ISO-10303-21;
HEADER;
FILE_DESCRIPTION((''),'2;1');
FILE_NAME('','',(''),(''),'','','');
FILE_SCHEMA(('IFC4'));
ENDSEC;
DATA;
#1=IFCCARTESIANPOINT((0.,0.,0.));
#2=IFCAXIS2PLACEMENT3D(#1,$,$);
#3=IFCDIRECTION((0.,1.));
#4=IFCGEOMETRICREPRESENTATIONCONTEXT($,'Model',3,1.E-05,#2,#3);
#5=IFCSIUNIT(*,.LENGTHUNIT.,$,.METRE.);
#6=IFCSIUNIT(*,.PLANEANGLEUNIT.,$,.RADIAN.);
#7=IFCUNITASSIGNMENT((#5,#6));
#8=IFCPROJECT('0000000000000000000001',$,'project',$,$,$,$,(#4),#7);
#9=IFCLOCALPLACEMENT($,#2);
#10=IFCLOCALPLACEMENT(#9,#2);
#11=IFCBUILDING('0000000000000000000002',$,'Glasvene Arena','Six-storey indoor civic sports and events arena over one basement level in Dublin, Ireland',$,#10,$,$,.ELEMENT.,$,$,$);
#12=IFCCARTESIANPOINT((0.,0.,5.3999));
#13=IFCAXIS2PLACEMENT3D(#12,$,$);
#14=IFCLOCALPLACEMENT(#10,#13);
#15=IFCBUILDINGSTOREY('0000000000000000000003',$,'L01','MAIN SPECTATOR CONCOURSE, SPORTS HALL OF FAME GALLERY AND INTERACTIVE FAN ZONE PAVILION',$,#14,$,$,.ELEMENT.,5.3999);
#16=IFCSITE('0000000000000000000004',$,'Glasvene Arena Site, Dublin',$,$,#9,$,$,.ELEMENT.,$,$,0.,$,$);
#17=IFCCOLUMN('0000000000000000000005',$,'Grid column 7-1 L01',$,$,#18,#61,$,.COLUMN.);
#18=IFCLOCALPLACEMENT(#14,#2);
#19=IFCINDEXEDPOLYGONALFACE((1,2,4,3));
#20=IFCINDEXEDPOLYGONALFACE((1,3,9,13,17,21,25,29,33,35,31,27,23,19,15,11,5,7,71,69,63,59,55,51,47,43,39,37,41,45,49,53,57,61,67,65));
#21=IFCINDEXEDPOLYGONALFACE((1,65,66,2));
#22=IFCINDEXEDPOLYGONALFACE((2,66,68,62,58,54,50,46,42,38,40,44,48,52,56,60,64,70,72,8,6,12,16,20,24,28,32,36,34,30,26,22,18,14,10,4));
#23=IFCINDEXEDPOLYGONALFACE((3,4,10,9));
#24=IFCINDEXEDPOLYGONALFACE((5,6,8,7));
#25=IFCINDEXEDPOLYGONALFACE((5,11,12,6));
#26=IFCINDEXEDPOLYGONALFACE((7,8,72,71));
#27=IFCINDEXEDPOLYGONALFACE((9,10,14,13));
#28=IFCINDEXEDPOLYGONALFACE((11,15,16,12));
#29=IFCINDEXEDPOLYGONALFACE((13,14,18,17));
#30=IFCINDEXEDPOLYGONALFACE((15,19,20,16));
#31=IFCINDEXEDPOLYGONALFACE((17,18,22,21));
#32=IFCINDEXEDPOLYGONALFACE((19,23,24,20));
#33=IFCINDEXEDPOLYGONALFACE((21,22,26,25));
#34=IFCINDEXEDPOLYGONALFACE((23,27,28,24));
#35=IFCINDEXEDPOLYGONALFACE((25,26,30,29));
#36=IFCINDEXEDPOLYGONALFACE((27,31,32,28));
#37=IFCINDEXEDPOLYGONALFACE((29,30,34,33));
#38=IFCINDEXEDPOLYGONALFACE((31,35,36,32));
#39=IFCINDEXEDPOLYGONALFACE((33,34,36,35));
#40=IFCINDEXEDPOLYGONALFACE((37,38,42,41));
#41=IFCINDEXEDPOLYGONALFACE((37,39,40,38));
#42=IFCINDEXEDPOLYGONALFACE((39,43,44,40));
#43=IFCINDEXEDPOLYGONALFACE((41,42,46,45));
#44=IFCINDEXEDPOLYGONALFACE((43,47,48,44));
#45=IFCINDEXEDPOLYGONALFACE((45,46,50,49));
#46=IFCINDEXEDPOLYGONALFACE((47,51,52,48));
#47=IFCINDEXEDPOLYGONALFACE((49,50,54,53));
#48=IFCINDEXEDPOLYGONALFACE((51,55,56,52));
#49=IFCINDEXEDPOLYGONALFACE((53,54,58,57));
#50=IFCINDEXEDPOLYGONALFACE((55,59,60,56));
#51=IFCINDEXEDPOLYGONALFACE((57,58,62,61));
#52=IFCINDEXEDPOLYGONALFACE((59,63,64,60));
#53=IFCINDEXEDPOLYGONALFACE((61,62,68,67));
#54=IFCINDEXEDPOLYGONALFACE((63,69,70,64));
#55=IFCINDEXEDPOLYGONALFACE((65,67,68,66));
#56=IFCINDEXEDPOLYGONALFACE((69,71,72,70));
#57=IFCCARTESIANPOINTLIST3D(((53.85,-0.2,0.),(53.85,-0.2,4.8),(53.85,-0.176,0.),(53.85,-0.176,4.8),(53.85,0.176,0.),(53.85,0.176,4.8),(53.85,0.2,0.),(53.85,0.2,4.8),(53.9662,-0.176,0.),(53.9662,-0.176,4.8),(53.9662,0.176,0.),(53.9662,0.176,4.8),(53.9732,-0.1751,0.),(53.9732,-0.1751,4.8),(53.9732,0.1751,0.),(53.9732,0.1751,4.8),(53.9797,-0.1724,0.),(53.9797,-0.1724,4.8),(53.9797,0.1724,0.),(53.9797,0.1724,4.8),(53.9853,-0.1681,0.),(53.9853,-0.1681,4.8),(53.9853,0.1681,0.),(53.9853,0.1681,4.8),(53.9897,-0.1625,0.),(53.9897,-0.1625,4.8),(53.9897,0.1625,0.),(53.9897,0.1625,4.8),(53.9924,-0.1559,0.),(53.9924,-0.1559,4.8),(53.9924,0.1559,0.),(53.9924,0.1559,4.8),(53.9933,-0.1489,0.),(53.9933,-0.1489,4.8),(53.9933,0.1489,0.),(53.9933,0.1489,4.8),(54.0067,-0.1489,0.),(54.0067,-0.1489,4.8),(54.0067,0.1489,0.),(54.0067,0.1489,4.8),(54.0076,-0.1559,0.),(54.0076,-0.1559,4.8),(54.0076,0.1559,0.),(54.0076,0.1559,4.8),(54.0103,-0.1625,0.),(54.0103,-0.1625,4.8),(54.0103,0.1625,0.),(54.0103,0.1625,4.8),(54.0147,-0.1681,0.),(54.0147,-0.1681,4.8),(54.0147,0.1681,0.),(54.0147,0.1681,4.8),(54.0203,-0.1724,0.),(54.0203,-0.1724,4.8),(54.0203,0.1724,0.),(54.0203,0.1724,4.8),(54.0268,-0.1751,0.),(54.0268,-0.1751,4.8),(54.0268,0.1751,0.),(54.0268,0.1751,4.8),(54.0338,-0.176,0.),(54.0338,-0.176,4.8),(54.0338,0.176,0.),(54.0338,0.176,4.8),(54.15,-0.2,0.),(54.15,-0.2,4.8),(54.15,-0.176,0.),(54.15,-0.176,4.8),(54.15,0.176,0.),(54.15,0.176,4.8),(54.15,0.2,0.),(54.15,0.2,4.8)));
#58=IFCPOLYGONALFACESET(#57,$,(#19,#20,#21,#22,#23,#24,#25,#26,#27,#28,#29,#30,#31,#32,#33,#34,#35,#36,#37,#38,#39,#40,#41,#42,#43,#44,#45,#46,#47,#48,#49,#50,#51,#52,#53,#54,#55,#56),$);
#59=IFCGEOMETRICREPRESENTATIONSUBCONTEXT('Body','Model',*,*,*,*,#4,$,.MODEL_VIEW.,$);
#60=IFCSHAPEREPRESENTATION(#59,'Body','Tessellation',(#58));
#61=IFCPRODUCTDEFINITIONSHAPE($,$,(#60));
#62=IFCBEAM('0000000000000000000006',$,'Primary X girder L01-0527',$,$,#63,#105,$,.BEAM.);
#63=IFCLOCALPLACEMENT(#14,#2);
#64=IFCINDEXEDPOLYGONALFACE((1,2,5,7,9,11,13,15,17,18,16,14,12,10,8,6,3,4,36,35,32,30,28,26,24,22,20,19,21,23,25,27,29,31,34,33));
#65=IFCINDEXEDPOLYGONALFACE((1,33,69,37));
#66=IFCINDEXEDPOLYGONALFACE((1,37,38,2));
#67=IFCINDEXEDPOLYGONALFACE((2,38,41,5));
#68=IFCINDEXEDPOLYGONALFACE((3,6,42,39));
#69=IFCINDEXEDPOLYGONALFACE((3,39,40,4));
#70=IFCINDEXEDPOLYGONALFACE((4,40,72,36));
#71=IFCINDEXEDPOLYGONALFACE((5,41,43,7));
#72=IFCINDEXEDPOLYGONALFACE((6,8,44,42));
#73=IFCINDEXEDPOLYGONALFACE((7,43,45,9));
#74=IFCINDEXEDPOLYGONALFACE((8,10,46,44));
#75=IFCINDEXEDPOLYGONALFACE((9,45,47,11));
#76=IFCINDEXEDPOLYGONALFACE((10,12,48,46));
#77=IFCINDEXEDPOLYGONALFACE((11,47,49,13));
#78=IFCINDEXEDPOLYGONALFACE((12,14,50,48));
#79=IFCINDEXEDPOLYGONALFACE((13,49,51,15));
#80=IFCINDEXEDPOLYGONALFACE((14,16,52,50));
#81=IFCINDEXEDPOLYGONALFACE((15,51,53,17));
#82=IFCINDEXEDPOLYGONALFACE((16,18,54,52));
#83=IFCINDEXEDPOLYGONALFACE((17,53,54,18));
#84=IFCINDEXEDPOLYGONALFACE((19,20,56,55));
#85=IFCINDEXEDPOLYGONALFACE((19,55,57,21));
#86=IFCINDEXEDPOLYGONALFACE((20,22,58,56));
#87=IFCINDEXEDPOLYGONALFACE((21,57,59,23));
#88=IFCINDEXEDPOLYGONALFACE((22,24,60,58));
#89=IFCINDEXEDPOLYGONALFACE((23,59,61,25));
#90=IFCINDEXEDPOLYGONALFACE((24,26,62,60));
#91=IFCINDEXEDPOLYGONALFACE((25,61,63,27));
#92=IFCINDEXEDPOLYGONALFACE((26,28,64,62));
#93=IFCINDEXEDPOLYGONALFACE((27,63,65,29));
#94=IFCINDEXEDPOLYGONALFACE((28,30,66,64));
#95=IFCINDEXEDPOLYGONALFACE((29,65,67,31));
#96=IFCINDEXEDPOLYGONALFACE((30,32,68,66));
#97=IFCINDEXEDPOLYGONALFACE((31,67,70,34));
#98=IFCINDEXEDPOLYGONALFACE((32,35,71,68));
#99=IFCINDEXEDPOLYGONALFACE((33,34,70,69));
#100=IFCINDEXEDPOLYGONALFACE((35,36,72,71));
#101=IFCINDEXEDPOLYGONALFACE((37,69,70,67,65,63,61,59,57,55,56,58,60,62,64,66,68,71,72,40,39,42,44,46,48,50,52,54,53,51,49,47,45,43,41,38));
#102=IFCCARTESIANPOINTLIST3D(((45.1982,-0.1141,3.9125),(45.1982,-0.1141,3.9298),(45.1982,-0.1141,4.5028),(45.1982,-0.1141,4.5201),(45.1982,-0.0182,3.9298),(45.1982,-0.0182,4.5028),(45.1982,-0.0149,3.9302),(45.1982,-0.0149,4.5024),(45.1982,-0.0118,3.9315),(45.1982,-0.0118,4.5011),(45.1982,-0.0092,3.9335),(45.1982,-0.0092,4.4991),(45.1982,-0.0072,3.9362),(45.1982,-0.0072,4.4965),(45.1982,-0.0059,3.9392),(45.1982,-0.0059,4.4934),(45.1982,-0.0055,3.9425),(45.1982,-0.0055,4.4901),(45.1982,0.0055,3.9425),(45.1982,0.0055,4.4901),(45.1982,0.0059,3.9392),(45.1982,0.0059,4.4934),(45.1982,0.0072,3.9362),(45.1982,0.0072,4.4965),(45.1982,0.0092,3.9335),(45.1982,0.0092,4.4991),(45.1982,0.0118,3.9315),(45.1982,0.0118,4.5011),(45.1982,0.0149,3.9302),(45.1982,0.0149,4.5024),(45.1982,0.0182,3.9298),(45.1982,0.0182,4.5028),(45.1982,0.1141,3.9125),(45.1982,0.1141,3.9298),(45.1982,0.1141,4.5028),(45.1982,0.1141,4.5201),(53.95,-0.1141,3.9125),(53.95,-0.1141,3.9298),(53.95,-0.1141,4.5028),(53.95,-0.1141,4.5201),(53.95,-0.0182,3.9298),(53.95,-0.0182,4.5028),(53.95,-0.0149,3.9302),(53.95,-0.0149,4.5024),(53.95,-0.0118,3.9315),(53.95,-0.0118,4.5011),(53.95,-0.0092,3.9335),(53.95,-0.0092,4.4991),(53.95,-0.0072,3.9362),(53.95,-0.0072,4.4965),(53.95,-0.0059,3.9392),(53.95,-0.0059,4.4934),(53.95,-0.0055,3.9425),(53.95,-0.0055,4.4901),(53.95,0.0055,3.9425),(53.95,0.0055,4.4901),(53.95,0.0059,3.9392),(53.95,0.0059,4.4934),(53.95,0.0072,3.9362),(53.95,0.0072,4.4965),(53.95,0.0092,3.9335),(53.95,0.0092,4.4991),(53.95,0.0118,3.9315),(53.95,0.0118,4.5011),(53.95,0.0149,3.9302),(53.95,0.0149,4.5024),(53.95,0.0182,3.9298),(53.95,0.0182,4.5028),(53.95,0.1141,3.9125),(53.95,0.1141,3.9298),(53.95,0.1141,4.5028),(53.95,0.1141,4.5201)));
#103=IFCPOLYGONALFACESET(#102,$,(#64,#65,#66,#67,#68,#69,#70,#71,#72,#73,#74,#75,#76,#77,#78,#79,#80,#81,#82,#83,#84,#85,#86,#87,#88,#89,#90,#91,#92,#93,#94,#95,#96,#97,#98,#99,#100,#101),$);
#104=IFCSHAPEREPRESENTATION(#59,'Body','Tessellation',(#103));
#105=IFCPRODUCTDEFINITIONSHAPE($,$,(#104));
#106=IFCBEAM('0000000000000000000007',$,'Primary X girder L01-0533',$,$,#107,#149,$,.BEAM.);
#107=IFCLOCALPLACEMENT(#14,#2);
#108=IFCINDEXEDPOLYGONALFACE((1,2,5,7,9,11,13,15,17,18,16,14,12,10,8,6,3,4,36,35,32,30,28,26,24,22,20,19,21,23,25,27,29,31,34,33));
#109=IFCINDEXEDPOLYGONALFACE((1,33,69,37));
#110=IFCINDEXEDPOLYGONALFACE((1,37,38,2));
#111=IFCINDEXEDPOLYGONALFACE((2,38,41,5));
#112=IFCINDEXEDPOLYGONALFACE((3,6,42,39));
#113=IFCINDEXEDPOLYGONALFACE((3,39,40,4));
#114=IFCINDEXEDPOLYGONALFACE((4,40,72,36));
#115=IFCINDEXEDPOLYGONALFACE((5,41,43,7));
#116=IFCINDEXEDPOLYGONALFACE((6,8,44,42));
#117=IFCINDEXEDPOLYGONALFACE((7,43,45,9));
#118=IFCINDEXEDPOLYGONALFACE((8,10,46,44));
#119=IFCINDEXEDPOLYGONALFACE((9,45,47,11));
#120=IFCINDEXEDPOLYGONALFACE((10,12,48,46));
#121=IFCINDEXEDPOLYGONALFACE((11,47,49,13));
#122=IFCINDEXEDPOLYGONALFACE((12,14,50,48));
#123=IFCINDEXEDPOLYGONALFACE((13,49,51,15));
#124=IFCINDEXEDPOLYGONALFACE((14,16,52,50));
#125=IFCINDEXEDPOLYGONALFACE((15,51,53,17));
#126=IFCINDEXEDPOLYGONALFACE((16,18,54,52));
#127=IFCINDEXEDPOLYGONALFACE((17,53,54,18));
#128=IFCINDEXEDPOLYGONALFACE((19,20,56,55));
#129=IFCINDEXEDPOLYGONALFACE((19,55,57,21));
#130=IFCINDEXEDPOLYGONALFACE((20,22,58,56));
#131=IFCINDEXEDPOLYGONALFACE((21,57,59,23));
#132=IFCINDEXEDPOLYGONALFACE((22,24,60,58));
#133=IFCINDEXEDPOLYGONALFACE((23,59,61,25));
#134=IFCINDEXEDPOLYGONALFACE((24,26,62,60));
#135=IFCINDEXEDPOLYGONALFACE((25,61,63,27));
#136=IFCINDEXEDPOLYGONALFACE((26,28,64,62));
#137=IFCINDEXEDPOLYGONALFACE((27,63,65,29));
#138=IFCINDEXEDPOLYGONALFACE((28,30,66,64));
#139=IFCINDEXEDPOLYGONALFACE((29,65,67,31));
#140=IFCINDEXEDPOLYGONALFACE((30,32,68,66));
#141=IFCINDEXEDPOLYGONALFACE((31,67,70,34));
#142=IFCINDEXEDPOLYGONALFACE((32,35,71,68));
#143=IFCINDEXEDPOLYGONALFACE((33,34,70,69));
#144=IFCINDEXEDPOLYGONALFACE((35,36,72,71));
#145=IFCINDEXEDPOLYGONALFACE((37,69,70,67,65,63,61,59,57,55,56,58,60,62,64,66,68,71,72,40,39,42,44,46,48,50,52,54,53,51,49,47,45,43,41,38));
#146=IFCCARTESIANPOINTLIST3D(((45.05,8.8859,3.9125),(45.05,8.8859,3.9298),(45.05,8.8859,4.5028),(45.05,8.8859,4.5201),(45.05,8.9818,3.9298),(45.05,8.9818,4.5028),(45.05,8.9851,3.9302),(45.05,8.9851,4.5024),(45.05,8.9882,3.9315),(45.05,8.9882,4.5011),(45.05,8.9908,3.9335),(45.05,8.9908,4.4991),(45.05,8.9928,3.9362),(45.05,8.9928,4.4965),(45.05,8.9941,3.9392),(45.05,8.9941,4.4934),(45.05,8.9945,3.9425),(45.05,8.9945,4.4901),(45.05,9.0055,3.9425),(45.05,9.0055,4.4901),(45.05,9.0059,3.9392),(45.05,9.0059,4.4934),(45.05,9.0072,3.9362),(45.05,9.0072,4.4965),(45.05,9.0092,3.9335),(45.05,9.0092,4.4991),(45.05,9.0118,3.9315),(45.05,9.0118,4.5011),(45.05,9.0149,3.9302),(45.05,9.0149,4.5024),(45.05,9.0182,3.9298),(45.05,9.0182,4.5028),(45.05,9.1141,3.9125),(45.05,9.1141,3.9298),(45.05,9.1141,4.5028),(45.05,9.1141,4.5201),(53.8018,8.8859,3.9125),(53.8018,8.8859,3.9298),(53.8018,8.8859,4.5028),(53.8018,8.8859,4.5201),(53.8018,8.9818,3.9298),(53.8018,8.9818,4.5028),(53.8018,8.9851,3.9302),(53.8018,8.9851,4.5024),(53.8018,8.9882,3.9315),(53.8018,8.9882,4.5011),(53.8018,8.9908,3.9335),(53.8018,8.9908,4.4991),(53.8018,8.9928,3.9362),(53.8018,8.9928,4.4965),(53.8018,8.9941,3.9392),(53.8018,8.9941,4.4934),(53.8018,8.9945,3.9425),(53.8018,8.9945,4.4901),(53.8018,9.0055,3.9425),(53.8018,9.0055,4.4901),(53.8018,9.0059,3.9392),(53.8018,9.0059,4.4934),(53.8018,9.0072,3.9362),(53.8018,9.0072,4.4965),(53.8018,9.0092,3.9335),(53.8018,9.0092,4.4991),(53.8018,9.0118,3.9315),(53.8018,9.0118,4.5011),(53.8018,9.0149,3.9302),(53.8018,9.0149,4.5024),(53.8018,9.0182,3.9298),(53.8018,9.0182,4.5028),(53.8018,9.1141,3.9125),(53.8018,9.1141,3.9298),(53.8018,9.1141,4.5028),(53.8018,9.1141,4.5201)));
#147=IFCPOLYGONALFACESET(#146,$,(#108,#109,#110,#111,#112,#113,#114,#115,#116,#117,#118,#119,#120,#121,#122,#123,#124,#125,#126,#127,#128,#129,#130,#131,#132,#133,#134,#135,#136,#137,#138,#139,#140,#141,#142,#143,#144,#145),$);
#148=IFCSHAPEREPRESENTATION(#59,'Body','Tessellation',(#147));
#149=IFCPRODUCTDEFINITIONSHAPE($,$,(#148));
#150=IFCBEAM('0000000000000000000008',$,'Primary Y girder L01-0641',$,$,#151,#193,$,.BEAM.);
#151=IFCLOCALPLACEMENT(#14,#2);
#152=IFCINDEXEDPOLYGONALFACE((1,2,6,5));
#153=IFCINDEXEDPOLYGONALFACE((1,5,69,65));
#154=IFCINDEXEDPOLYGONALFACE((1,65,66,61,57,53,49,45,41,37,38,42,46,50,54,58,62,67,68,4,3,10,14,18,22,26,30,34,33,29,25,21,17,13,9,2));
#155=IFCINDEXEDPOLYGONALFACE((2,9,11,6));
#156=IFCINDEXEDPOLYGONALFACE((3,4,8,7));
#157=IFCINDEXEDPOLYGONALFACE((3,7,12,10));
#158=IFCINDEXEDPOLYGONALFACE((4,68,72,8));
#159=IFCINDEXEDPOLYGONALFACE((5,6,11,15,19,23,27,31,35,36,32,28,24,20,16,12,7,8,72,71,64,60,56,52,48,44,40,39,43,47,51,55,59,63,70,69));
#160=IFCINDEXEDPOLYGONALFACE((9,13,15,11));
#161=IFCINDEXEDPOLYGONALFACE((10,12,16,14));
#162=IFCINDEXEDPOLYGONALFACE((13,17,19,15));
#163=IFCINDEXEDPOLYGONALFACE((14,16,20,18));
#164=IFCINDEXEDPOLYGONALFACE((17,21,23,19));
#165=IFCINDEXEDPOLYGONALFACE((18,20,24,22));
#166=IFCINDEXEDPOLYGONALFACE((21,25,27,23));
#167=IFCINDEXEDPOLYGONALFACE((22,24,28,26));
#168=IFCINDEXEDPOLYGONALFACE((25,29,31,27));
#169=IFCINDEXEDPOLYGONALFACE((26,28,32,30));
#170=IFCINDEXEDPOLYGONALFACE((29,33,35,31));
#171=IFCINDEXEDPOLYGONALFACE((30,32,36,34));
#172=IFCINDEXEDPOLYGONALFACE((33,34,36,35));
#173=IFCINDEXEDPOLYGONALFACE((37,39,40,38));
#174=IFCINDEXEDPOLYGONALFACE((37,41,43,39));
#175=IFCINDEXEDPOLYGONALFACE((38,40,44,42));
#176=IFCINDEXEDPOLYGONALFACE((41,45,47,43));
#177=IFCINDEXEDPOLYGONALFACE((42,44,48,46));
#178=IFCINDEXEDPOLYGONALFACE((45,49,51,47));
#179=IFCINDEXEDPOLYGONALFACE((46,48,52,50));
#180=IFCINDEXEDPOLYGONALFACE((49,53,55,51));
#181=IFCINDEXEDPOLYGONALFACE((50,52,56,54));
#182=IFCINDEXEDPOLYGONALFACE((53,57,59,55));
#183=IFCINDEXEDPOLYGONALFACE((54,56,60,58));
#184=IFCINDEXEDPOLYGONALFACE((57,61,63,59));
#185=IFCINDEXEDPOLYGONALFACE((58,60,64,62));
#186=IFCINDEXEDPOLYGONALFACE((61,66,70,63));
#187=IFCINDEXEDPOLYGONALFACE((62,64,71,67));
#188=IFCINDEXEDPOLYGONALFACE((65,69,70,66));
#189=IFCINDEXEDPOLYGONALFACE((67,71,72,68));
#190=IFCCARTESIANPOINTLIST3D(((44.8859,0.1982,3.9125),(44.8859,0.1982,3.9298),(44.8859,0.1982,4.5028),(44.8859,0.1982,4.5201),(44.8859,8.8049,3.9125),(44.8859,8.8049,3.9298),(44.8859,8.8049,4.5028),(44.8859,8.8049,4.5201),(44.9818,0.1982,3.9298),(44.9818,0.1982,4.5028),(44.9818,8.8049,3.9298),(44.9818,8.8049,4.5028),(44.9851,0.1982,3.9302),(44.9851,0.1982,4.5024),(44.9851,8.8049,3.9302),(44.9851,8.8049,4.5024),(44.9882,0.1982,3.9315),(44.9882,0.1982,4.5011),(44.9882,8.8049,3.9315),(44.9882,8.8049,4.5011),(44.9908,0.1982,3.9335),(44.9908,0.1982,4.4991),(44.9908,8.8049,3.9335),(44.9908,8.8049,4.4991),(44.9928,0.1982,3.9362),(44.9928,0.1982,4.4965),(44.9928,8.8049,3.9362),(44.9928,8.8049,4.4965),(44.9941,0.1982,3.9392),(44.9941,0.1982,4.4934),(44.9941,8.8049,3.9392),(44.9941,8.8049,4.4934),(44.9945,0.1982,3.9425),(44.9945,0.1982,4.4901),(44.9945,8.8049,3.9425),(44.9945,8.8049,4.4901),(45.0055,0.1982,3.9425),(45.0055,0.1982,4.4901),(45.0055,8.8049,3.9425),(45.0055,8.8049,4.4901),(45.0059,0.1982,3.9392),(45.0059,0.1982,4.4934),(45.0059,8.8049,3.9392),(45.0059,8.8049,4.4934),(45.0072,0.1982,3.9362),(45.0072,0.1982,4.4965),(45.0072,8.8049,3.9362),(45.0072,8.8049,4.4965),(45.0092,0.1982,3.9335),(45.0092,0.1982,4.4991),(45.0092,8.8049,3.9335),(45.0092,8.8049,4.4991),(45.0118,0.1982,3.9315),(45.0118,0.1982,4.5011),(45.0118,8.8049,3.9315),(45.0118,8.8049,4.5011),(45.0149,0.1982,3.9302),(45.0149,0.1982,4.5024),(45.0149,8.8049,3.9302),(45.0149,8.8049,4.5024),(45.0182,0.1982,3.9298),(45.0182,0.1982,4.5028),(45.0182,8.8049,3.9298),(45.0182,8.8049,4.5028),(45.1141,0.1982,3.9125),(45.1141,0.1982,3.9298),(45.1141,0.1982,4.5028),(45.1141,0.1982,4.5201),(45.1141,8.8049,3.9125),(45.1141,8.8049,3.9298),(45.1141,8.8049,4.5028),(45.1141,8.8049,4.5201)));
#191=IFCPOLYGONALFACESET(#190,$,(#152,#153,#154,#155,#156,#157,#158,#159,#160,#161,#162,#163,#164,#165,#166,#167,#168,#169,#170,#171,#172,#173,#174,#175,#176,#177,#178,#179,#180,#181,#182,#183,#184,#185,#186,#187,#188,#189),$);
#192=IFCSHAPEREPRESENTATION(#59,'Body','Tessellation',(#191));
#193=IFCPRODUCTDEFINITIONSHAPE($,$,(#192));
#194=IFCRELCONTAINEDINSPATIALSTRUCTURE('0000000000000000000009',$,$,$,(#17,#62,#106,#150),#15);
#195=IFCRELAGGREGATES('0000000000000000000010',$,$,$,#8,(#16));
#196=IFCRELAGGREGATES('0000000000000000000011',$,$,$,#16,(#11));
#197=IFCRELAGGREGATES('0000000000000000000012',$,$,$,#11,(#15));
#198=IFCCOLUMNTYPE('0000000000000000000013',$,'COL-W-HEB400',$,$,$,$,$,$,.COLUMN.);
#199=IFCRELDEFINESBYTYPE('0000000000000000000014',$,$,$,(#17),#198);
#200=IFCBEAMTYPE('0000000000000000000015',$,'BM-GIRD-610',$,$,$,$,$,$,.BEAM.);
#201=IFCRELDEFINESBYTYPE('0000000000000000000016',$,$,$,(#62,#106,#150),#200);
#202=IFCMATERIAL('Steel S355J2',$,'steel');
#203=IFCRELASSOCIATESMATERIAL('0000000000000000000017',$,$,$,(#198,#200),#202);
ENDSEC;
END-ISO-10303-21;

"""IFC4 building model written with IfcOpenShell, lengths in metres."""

from ifc_helpers import new_model, si_unit, direction, frame, origin, origin_2d, place, context, subcontext, project, spatial, i_section, extrude, material, material_profile, profile_set, type_object, element, save


model = new_model("IFC4")

# Units and contexts
model_context = context("Model", 3, precision=1e-05, world=origin(), true_north=direction((0.0, 1.0)))
body_context = subcontext(model_context, "Body", "Model", "MODEL_VIEW")
ifc_project = project(units=[si_unit("LENGTHUNIT", "METRE"), si_unit("PLANEANGLEUNIT", "RADIAN")], contexts=[model_context])

# Site, building, storey
site_placement = place(None, origin())
site = spatial("IfcSite", under=ifc_project, at=site_placement, Name="Glasvene Arena Site, Dublin", CompositionType="ELEMENT", RefElevation=0.0)
building_placement = place(site_placement, origin())
building = spatial("IfcBuilding", under=site, at=building_placement, Name="Glasvene Arena", Description="Six-storey indoor civic sports and events arena over one basement level in Dublin, Ireland", CompositionType="ELEMENT")
storey_placement = place(building_placement, frame((0.0, 0.0, 5.3999)))
storey = spatial("IfcBuildingStorey", under=building, at=storey_placement, Name="L01", Description="MAIN SPECTATOR CONCOURSE, SPORTS HALL OF FAME GALLERY AND INTERACTIVE FAN ZONE PAVILION", CompositionType="ELEMENT", Elevation=5.3999)

# Column
ifc_material_1 = material(Name="Steel S355J2", Category="steel")
ifc_material_profile_1 = material_profile(ifc_material_1, i_section(OverallWidth=0.3, OverallDepth=0.3999, WebThickness=0.0134, FlangeThickness=0.0239, FilletRadius=0.0271, at=origin_2d()), Name="HEB 400")
ifc_profile_set_1 = profile_set([ifc_material_profile_1], Name="Steel S355J2")
column_type_1 = type_object("IfcColumnType", Name="COL-W-HEB400", PredefinedType="COLUMN", material=ifc_profile_set_1)
for number, where, z_axis, x_axis, name in (
    (1, (54.0, 0.0, 0.0), (0.0, 0.0, 1.0), (1.0, 0.0, 0.0), "Grid column 7-1 L01"),
):
    element("IfcColumn", number, at=place(storey_placement, frame(where, z_axis=z_axis, x_axis=x_axis)), inside=storey, type_object=column_type_1, Name=name, PredefinedType="COLUMN", context=body_context, shape_type="SweptSolid", body=[
        extrude(i_section(OverallWidth=0.3, OverallDepth=0.3999, WebThickness=0.0134, FlangeThickness=0.0239, FilletRadius=0.0271, at=origin_2d()), origin(), (0.0, 0.0, 1.0), 4.8),
    ])

# Beams
ifc_material_profile_2 = material_profile(ifc_material_1, i_section(OverallWidth=0.2283, OverallDepth=0.6077, WebThickness=0.011, FlangeThickness=0.0173, FilletRadius=0.0127, at=origin_2d()), Name="UKB 610x229x113")
ifc_profile_set_2 = profile_set([ifc_material_profile_2], Name="Steel S355J2")
beam_type_1 = type_object("IfcBeamType", Name="BM-GIRD-610", PredefinedType="BEAM", material=ifc_profile_set_2)
for number, where, z_axis, x_axis, name in (
    (2, (45.1982, 0.0, 4.2163), (1.0, 0.0, 0.0), (0.0, 1.0, 0.0), "Primary X girder L01-0527"),
    (3, (45.05, 9.0, 4.2163), (1.0, 0.0, 0.0), (0.0, 1.0, 0.0), "Primary X girder L01-0533"),
):
    element("IfcBeam", number, at=place(storey_placement, frame(where, z_axis=z_axis, x_axis=x_axis)), inside=storey, type_object=beam_type_1, Name=name, PredefinedType="BEAM", context=body_context, shape_type="SweptSolid", body=[
        extrude(i_section(OverallWidth=0.2283, OverallDepth=0.6077, WebThickness=0.011, FlangeThickness=0.0173, FilletRadius=0.0127, at=origin_2d()), origin(), (0.0, 0.0, 1.0), 8.7517),
    ])
for number, where, z_axis, x_axis, name in (
    (4, (45.0, 0.1982, 4.2163), (0.0, 1.0, 0.0), (-1.0, 0.0, 0.0), "Primary Y girder L01-0641"),
):
    element("IfcBeam", number, at=place(storey_placement, frame(where, z_axis=z_axis, x_axis=x_axis)), inside=storey, type_object=beam_type_1, Name=name, PredefinedType="BEAM", context=body_context, shape_type="SweptSolid", body=[
        extrude(i_section(OverallWidth=0.2283, OverallDepth=0.6077, WebThickness=0.011, FlangeThickness=0.0173, FilletRadius=0.0127, at=origin_2d()), origin(), (0.0, 0.0, 1.0), 8.6067),
    ])

save(model, "model.ifc")
